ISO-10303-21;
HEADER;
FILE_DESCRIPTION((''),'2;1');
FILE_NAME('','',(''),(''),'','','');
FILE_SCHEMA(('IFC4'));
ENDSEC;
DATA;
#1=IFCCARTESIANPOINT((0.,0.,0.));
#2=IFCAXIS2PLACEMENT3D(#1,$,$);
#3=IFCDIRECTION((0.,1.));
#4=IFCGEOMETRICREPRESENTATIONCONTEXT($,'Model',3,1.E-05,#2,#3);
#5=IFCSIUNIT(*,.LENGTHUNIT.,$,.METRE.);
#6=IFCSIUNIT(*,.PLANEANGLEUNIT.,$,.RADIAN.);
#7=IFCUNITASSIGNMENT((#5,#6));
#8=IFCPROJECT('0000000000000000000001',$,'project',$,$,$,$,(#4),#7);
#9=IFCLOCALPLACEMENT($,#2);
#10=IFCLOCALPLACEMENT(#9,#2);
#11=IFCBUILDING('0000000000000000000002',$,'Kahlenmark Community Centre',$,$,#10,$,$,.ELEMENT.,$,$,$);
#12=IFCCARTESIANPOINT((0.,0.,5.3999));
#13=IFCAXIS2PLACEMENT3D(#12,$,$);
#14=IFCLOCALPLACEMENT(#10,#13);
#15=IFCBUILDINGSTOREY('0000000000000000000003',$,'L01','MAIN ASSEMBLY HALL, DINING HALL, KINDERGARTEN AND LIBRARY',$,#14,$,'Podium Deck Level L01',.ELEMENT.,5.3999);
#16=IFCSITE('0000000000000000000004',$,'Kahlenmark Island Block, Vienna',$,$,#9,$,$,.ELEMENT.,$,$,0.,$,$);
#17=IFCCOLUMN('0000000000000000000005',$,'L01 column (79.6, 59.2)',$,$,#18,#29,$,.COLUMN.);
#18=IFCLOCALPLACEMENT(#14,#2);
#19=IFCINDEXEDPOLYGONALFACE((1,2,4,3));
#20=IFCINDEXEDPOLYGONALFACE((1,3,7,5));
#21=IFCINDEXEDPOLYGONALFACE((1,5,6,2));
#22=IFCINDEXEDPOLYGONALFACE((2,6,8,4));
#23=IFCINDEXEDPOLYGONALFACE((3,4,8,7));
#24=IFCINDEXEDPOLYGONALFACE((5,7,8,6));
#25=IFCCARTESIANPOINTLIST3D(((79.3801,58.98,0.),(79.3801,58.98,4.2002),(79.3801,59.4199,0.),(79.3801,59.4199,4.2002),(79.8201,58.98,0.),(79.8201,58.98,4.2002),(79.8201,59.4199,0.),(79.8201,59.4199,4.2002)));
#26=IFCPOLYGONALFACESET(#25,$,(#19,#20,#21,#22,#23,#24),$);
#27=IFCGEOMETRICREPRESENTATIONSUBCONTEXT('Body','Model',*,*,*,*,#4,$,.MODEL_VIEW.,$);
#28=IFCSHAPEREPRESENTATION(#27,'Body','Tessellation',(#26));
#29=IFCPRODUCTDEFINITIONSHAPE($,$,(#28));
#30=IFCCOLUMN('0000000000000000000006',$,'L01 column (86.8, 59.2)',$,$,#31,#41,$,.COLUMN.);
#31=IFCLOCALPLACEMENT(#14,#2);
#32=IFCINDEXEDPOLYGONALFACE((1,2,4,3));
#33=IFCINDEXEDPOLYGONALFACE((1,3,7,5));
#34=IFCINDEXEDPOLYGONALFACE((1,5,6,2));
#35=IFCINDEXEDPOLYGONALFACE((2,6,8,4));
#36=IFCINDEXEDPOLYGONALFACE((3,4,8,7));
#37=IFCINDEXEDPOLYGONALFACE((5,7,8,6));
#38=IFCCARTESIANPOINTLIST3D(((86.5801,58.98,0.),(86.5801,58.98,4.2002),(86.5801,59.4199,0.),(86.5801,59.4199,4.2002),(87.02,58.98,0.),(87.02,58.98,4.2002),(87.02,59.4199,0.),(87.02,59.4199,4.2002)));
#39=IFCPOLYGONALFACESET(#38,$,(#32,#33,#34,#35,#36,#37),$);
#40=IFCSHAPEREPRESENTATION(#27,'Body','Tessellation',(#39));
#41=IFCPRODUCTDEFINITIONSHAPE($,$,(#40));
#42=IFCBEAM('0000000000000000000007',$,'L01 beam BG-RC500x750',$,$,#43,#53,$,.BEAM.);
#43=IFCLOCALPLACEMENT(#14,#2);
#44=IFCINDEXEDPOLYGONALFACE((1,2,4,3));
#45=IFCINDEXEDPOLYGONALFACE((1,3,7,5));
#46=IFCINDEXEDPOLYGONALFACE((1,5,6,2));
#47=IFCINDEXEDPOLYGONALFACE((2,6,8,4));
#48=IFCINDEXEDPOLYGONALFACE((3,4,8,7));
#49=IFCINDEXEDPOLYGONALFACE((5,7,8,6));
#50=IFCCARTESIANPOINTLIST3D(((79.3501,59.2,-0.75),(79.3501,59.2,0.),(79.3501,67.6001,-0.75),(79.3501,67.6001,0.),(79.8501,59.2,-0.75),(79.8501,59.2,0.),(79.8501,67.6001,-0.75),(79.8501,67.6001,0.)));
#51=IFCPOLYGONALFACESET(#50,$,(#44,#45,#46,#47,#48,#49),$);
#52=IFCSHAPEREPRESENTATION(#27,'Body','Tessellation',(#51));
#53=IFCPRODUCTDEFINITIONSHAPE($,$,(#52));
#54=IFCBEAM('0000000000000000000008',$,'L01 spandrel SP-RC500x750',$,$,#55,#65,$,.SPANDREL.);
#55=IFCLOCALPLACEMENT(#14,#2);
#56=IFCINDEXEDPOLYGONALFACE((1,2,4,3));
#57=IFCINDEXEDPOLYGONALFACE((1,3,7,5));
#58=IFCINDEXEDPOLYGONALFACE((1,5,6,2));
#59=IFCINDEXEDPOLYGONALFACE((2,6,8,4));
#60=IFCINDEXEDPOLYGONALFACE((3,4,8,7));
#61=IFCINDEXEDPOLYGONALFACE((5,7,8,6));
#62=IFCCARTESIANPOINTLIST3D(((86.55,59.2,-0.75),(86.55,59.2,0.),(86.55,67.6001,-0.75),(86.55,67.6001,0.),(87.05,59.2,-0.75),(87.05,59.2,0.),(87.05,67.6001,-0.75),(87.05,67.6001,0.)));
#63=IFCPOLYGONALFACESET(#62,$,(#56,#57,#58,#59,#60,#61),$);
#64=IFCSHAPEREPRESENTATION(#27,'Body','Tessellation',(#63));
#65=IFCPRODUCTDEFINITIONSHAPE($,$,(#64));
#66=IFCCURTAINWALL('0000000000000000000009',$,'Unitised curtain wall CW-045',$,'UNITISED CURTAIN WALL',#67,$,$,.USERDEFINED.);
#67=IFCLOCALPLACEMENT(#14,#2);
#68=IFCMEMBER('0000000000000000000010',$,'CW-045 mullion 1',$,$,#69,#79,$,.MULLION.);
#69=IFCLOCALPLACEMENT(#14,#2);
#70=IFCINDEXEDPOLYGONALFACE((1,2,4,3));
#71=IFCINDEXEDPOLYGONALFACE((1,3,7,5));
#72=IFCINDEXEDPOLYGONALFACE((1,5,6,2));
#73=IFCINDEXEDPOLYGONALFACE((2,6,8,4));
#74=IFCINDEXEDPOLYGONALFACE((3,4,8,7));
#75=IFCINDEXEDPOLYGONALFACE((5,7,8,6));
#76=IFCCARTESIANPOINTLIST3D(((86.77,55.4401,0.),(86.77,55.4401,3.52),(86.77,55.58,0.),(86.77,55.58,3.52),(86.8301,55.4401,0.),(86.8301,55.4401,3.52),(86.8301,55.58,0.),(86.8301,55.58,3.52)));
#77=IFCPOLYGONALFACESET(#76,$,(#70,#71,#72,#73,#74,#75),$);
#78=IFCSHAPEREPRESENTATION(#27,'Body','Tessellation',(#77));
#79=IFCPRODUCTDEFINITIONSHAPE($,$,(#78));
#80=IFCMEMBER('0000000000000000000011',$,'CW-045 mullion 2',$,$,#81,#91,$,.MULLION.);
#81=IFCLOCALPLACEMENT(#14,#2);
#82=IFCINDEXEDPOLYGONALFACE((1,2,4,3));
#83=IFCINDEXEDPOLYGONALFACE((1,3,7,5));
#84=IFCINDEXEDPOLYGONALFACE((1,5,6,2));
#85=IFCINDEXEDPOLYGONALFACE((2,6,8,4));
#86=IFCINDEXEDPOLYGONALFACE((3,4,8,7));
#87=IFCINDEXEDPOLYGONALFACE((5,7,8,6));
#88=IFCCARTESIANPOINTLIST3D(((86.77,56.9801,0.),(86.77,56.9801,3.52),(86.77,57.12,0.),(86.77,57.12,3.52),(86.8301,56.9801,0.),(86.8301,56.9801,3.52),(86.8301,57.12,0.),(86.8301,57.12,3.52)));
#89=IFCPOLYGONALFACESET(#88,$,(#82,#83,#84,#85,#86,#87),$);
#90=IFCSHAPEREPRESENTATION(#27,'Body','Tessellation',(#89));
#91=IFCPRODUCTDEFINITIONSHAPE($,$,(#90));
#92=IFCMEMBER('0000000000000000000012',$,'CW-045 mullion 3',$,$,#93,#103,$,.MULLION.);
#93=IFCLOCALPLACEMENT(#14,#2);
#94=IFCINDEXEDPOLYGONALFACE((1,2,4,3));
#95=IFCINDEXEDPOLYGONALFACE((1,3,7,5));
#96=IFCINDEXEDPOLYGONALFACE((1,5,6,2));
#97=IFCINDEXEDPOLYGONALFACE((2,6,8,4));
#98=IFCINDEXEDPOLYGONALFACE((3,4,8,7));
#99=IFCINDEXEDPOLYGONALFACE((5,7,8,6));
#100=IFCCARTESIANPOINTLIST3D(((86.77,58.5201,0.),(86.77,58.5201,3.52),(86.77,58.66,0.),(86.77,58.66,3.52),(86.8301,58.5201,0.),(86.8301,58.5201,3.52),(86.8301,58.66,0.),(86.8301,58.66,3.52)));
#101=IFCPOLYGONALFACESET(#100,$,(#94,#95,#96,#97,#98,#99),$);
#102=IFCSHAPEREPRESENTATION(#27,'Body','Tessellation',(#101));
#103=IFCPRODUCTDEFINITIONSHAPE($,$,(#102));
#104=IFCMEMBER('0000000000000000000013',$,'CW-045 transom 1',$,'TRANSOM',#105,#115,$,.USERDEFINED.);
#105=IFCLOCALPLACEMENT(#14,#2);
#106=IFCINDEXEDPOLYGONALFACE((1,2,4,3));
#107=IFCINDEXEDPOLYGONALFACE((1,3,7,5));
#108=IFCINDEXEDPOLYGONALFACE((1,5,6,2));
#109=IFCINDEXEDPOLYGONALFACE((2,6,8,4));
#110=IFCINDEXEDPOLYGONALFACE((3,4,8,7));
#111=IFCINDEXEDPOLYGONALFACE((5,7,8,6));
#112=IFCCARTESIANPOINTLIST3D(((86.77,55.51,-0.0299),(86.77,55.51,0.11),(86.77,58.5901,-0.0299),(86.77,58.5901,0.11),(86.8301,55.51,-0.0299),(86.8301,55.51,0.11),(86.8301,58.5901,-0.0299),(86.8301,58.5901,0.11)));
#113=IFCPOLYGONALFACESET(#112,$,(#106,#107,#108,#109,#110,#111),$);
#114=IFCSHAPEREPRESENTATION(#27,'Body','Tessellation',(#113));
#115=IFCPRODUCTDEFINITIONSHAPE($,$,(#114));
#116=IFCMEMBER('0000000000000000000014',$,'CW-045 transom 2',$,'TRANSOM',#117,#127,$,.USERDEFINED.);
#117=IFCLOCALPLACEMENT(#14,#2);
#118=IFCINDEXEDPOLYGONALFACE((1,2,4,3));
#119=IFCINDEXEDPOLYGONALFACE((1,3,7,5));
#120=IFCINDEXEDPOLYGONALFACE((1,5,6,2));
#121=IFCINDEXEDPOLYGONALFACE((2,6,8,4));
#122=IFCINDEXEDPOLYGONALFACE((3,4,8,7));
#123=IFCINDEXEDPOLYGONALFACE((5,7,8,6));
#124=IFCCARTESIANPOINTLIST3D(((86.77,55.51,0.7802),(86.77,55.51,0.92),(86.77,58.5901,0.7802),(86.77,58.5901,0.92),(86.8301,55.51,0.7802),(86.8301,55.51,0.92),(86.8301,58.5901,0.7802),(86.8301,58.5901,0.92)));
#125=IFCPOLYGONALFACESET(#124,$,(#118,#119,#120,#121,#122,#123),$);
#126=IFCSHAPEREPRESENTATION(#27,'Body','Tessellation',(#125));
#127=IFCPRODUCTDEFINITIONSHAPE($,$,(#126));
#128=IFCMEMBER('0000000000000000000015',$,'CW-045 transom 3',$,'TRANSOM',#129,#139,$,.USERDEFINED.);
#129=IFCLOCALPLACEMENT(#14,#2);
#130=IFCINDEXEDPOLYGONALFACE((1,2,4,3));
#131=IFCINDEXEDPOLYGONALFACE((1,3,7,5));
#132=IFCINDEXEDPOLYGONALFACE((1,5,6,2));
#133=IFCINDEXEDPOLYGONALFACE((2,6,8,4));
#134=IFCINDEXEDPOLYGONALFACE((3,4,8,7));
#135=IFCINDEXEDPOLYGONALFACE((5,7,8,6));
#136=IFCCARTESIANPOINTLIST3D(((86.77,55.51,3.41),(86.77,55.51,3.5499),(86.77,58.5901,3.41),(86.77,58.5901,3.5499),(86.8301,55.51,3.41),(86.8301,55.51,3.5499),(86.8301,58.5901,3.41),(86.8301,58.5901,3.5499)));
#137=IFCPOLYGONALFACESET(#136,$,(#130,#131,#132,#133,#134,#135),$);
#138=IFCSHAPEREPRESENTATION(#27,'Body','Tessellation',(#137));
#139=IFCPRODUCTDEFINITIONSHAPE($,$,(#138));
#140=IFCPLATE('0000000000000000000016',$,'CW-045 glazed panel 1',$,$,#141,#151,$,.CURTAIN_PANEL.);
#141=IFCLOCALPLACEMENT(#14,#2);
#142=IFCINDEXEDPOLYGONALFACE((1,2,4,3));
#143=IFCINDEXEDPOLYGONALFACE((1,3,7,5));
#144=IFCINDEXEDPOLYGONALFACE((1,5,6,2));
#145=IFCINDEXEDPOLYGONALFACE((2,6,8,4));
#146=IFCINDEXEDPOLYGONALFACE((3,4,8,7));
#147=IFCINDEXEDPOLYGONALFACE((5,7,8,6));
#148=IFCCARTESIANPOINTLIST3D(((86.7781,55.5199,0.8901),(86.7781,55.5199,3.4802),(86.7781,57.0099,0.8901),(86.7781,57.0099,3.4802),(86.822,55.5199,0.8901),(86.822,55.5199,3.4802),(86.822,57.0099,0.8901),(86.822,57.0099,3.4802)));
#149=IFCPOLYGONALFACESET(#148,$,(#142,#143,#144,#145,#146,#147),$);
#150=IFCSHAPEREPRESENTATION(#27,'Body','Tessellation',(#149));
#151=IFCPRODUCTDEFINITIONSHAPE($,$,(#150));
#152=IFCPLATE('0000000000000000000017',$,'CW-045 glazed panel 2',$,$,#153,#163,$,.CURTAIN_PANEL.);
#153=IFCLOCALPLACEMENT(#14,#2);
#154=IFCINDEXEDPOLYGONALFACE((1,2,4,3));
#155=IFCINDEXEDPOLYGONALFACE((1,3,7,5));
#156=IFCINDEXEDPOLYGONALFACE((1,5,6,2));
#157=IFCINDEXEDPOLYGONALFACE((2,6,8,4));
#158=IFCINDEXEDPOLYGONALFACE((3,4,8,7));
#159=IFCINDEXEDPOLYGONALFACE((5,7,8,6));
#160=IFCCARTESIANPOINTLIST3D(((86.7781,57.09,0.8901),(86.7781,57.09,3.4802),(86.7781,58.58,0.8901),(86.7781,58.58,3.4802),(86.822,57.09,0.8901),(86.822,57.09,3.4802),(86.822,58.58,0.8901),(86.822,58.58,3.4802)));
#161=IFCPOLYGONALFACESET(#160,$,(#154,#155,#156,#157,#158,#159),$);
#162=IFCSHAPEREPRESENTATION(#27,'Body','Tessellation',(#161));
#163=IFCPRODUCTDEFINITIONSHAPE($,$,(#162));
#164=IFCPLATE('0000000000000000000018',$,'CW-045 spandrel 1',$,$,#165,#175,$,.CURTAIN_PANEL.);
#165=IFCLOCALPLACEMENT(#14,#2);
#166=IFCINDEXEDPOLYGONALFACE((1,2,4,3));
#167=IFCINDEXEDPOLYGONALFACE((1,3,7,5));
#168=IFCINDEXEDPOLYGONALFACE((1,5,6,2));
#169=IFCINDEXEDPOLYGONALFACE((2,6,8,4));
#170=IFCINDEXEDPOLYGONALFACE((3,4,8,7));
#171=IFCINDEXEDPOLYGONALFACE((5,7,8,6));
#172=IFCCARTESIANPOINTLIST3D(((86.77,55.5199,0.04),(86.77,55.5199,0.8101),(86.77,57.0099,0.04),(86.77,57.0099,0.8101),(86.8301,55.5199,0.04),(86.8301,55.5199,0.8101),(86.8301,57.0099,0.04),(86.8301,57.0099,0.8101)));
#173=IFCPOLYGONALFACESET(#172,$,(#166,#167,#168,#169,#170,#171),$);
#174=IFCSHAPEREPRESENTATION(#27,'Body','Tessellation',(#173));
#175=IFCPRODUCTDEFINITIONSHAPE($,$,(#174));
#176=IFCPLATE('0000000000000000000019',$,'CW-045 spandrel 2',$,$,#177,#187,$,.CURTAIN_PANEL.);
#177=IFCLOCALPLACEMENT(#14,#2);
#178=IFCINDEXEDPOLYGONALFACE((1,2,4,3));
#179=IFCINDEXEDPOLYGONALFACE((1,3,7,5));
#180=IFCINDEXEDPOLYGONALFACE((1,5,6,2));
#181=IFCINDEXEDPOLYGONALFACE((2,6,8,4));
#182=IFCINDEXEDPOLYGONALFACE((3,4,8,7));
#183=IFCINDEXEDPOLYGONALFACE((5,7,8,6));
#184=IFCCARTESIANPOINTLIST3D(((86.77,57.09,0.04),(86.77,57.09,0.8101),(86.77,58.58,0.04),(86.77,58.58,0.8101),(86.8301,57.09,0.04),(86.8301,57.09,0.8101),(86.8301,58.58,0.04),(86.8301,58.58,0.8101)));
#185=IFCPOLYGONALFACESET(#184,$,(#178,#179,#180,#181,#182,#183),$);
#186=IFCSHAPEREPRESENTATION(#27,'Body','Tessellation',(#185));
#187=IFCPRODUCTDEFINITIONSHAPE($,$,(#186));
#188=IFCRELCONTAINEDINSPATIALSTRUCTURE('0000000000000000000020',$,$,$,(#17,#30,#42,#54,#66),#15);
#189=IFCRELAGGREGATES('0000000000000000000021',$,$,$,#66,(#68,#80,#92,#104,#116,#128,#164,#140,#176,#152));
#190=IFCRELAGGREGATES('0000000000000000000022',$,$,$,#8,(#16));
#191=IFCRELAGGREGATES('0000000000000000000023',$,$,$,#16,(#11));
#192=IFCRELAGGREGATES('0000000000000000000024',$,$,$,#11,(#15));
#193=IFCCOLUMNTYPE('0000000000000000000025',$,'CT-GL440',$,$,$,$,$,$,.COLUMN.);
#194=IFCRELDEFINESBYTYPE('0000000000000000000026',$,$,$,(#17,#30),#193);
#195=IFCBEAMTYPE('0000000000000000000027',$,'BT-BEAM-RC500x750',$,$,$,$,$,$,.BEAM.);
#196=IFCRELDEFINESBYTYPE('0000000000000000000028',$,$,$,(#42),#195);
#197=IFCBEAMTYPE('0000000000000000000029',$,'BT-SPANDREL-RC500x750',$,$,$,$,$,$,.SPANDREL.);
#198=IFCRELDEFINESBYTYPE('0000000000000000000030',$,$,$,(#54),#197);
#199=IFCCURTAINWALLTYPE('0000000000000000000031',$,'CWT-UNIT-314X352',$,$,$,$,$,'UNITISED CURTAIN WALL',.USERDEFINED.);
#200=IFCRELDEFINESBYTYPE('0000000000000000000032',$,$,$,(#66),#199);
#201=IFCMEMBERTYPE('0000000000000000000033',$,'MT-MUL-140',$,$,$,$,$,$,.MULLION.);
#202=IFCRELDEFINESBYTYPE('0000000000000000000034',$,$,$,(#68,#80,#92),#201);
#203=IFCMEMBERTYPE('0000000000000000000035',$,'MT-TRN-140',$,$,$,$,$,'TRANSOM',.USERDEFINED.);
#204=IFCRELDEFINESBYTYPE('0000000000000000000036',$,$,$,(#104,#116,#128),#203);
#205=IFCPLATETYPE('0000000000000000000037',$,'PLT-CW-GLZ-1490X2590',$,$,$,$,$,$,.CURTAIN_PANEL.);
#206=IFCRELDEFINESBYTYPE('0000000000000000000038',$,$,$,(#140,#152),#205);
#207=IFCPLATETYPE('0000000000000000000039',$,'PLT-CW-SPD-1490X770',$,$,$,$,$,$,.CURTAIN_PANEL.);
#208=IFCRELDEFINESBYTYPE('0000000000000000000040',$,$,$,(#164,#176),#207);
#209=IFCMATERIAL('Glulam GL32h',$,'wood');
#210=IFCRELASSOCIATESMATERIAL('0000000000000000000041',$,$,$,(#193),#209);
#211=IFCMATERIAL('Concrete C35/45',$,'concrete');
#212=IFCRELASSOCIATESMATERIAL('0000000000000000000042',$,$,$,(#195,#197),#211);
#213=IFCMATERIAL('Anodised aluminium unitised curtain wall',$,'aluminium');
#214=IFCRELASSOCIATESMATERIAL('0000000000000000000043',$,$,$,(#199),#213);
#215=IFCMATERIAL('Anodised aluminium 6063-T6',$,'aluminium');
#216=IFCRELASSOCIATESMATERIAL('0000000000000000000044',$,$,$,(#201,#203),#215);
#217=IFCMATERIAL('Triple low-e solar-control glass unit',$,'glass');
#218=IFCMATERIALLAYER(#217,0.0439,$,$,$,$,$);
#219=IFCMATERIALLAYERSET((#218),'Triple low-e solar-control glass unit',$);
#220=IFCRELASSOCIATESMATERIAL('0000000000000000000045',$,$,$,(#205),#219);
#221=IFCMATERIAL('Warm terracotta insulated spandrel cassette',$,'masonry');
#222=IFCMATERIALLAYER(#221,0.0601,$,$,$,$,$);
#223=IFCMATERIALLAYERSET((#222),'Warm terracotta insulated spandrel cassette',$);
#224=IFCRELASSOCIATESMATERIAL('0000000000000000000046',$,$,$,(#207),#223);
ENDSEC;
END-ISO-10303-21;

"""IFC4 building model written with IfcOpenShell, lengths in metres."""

from ifc_helpers import new_model, si_unit, direction, frame, origin, origin_2d, place, context, subcontext, project, spatial, rectangle, extrude, material, layer, layer_set, material_profile, profile_set, type_object, element, aggregate, save


model = new_model("IFC4")

# Units and contexts
model_context = context("Model", 3, precision=1e-05, world=origin(), true_north=direction((0.0, 1.0)))
body_context = subcontext(model_context, "Body", "Model", "MODEL_VIEW")
ifc_project = project(units=[si_unit("LENGTHUNIT", "METRE"), si_unit("PLANEANGLEUNIT", "RADIAN")], contexts=[model_context])

# Site, building, storey
site_placement = place(None, origin())
site = spatial("IfcSite", under=ifc_project, at=site_placement, Name="Kahlenmark Island Block, Vienna", CompositionType="ELEMENT", RefElevation=0.0)
building_placement = place(site_placement, origin())
building = spatial("IfcBuilding", under=site, at=building_placement, Name="Kahlenmark Community Centre", CompositionType="ELEMENT")
storey_placement = place(building_placement, frame((0.0, 0.0, 5.3999)))
storey = spatial("IfcBuildingStorey", under=building, at=storey_placement, Name="L01", Description="MAIN ASSEMBLY HALL, DINING HALL, KINDERGARTEN AND LIBRARY", LongName="Podium Deck Level L01", CompositionType="ELEMENT", Elevation=5.3999)

# Columns
ifc_material_1 = material(Name="Glulam GL32h", Category="wood")
ifc_material_profile_1 = material_profile(ifc_material_1, rectangle(XDim=0.4399, YDim=0.4399, at=origin_2d()), Name="GL32h 440x440")
ifc_profile_set_1 = profile_set([ifc_material_profile_1], Name="Glulam GL32h")
column_type = type_object("IfcColumnType", Name="CT-GL440", PredefinedType="COLUMN", material=ifc_profile_set_1)
for number, where, z_axis, x_axis, name in (
    (1, (79.6001, 59.2, 0.0), (0.0, 0.0, 1.0), (1.0, 0.0, 0.0), "L01 column (79.6, 59.2)"),
    (2, (86.8, 59.2, 0.0), (0.0, 0.0, 1.0), (1.0, 0.0, 0.0), "L01 column (86.8, 59.2)"),
):
    element("IfcColumn", number, at=place(storey_placement, frame(where, z_axis=z_axis, x_axis=x_axis)), inside=storey, type_object=column_type, Name=name, PredefinedType="COLUMN", context=body_context, shape_type="SweptSolid", body=[
        extrude(rectangle(XDim=0.4399, YDim=0.4399, at=origin_2d()), origin(), (0.0, 0.0, 1.0), 4.2002),
    ])

# Beams
ifc_material_2 = material(Name="Concrete C35/45", Category="concrete")
ifc_material_profile_2 = material_profile(ifc_material_2, rectangle(XDim=0.5, YDim=0.75, at=origin_2d()), Name="RC 500x750")
ifc_profile_set_2 = profile_set([ifc_material_profile_2], Name="Concrete C35/45")
beam_type_1 = type_object("IfcBeamType", Name="BT-BEAM-RC500x750", PredefinedType="BEAM", material=ifc_profile_set_2)
beam_1_placement = place(storey_placement, frame((79.6001, 59.2, -0.375), z_axis=(0.0, 1.0, 0.0), x_axis=(-1.0, 0.0, 0.0)))
element("IfcBeam", 3, at=beam_1_placement, inside=storey, type_object=beam_type_1, Name="L01 beam BG-RC500x750", PredefinedType="BEAM", context=body_context, shape_type="SweptSolid", body=[
    extrude(rectangle(XDim=0.5, YDim=0.75, at=origin_2d()), origin(), (0.0, 0.0, 1.0), 8.4001),
])
ifc_material_profile_3 = material_profile(ifc_material_2, rectangle(XDim=0.5, YDim=0.75, at=origin_2d()), Name="RC 500x750")
ifc_profile_set_3 = profile_set([ifc_material_profile_3], Name="Concrete C35/45")
beam_type_2 = type_object("IfcBeamType", Name="BT-SPANDREL-RC500x750", PredefinedType="SPANDREL", material=ifc_profile_set_3)
beam_2_placement = place(storey_placement, frame((86.8, 59.2, -0.375), z_axis=(0.0, 1.0, 0.0), x_axis=(-1.0, 0.0, 0.0)))
element("IfcBeam", 4, at=beam_2_placement, inside=storey, type_object=beam_type_2, Name="L01 spandrel SP-RC500x750", PredefinedType="SPANDREL", context=body_context, shape_type="SweptSolid", body=[
    extrude(rectangle(XDim=0.5, YDim=0.75, at=origin_2d()), origin(), (0.0, 0.0, 1.0), 8.4001),
])

# Curtain wall, members, plates
ifc_material_3 = material(Name="Anodised aluminium unitised curtain wall", Category="aluminium")
curtain_wall_type = type_object("IfcCurtainWallType", Name="CWT-UNIT-314X352", ElementType="UNITISED CURTAIN WALL", PredefinedType="USERDEFINED", material=ifc_material_3)
curtain_wall_placement = place(storey_placement, origin())
curtain_wall = element("IfcCurtainWall", 5, at=curtain_wall_placement, inside=storey, type_object=curtain_wall_type, Name="Unitised curtain wall CW-045", ObjectType="UNITISED CURTAIN WALL", PredefinedType="USERDEFINED")
ifc_material_4 = material(Name="Anodised aluminium 6063-T6", Category="aluminium")
ifc_material_profile_4 = material_profile(ifc_material_4, rectangle(XDim=0.0601, YDim=0.1399, at=origin_2d()), Name="ALU MULLION 60x140")
ifc_profile_set_4 = profile_set([ifc_material_profile_4], Name="Anodised aluminium 6063-T6")
member_type_1 = type_object("IfcMemberType", Name="MT-MUL-140", PredefinedType="MULLION", material=ifc_profile_set_4)
member_1_placement = place(storey_placement, frame((86.8, 55.51, 0.0), z_axis=(0.0, 0.0, 1.0), x_axis=(-1.0, 0.0, 0.0)))
member_1 = element("IfcMember", 6, at=member_1_placement, type_object=member_type_1, Name="CW-045 mullion 1", PredefinedType="MULLION", context=body_context, shape_type="SweptSolid", body=[
    extrude(rectangle(XDim=0.0601, YDim=0.1399, at=origin_2d()), origin(), (0.0, 0.0, 1.0), 3.52),
])
member_2_placement = place(storey_placement, frame((86.8, 57.05, 0.0), z_axis=(0.0, 0.0, 1.0), x_axis=(-1.0, 0.0, 0.0)))
member_2 = element("IfcMember", 7, at=member_2_placement, type_object=member_type_1, Name="CW-045 mullion 2", PredefinedType="MULLION", context=body_context, shape_type="SweptSolid", body=[
    extrude(rectangle(XDim=0.0601, YDim=0.1399, at=origin_2d()), origin(), (0.0, 0.0, 1.0), 3.52),
])
member_3_placement = place(storey_placement, frame((86.8, 58.5901, 0.0), z_axis=(0.0, 0.0, 1.0), x_axis=(-1.0, 0.0, 0.0)))
member_3 = element("IfcMember", 8, at=member_3_placement, type_object=member_type_1, Name="CW-045 mullion 3", PredefinedType="MULLION", context=body_context, shape_type="SweptSolid", body=[
    extrude(rectangle(XDim=0.0601, YDim=0.1399, at=origin_2d()), origin(), (0.0, 0.0, 1.0), 3.52),
])
ifc_material_profile_5 = material_profile(ifc_material_4, rectangle(XDim=0.0601, YDim=0.1399, at=origin_2d()), Name="ALU TRANSOM 60x140")
ifc_profile_set_5 = profile_set([ifc_material_profile_5], Name="Anodised aluminium 6063-T6")
member_type_2 = type_object("IfcMemberType", Name="MT-TRN-140", ElementType="TRANSOM", PredefinedType="USERDEFINED", material=ifc_profile_set_5)
member_4_placement = place(storey_placement, frame((86.8, 55.51, 0.04), z_axis=(0.0, 1.0, 0.0), x_axis=(-1.0, 0.0, 0.0)))
member_4 = element("IfcMember", 9, at=member_4_placement, type_object=member_type_2, Name="CW-045 transom 1", ObjectType="TRANSOM", PredefinedType="USERDEFINED", context=body_context, shape_type="SweptSolid", body=[
    extrude(rectangle(XDim=0.0601, YDim=0.1399, at=origin_2d()), origin(), (0.0, 0.0, 1.0), 3.0801),
])
member_5_placement = place(storey_placement, frame((86.8, 55.51, 0.8501), z_axis=(0.0, 1.0, 0.0), x_axis=(-1.0, 0.0, 0.0)))
member_5 = element("IfcMember", 10, at=member_5_placement, type_object=member_type_2, Name="CW-045 transom 2", ObjectType="TRANSOM", PredefinedType="USERDEFINED", context=body_context, shape_type="SweptSolid", body=[
    extrude(rectangle(XDim=0.0601, YDim=0.1399, at=origin_2d()), origin(), (0.0, 0.0, 1.0), 3.0801),
])
member_6_placement = place(storey_placement, frame((86.8, 55.51, 3.48), z_axis=(0.0, 1.0, 0.0), x_axis=(-1.0, 0.0, 0.0)))
member_6 = element("IfcMember", 11, at=member_6_placement, type_object=member_type_2, Name="CW-045 transom 3", ObjectType="TRANSOM", PredefinedType="USERDEFINED", context=body_context, shape_type="SweptSolid", body=[
    extrude(rectangle(XDim=0.0601, YDim=0.1399, at=origin_2d()), origin(), (0.0, 0.0, 1.0), 3.0801),
])
ifc_material_5 = material(Name="Triple low-e solar-control glass unit", Category="glass")
ifc_layer_1 = layer(ifc_material_5, 0.0439)
ifc_layer_set_1 = layer_set([ifc_layer_1], Name="Triple low-e solar-control glass unit")
plate_type_1 = type_object("IfcPlateType", Name="PLT-CW-GLZ-1490X2590", PredefinedType="CURTAIN_PANEL", material=ifc_layer_set_1)
plate_1_placement = place(storey_placement, frame((86.8, 56.2649, 0.8901), z_axis=(0.0, 0.0, 1.0), x_axis=(0.0, 1.0, 0.0)))
plate_1 = element("IfcPlate", 12, at=plate_1_placement, type_object=plate_type_1, Name="CW-045 glazed panel 1", PredefinedType="CURTAIN_PANEL", context=body_context, shape_type="SweptSolid", body=[
    extrude(rectangle(XDim=1.49, YDim=0.0439, at=origin_2d()), origin(), (0.0, 0.0, 1.0), 2.5901),
])
plate_2_placement = place(storey_placement, frame((86.8, 57.835, 0.8901), z_axis=(0.0, 0.0, 1.0), x_axis=(0.0, 1.0, 0.0)))
plate_2 = element("IfcPlate", 13, at=plate_2_placement, type_object=plate_type_1, Name="CW-045 glazed panel 2", PredefinedType="CURTAIN_PANEL", context=body_context, shape_type="SweptSolid", body=[
    extrude(rectangle(XDim=1.49, YDim=0.0439, at=origin_2d()), origin(), (0.0, 0.0, 1.0), 2.5901),
])
ifc_material_6 = material(Name="Warm terracotta insulated spandrel cassette", Category="masonry")
ifc_layer_2 = layer(ifc_material_6, 0.0601)
ifc_layer_set_2 = layer_set([ifc_layer_2], Name="Warm terracotta insulated spandrel cassette")
plate_type_2 = type_object("IfcPlateType", Name="PLT-CW-SPD-1490X770", PredefinedType="CURTAIN_PANEL", material=ifc_layer_set_2)
plate_3_placement = place(storey_placement, frame((86.8, 56.2649, 0.04), z_axis=(0.0, 0.0, 1.0), x_axis=(0.0, 1.0, 0.0)))
plate_3 = element("IfcPlate", 14, at=plate_3_placement, type_object=plate_type_2, Name="CW-045 spandrel 1", PredefinedType="CURTAIN_PANEL", context=body_context, shape_type="SweptSolid", body=[
    extrude(rectangle(XDim=1.49, YDim=0.0601, at=origin_2d()), origin(), (0.0, 0.0, 1.0), 0.77),
])
plate_4_placement = place(storey_placement, frame((86.8, 57.835, 0.04), z_axis=(0.0, 0.0, 1.0), x_axis=(0.0, 1.0, 0.0)))
plate_4 = element("IfcPlate", 15, at=plate_4_placement, type_object=plate_type_2, Name="CW-045 spandrel 2", PredefinedType="CURTAIN_PANEL", context=body_context, shape_type="SweptSolid", body=[
    extrude(rectangle(XDim=1.49, YDim=0.0601, at=origin_2d()), origin(), (0.0, 0.0, 1.0), 0.77),
])
aggregate(curtain_wall, [member_1, member_2, member_3, member_4, member_5, member_6, plate_3, plate_1, plate_4, plate_2])

save(model, "model.ifc")
